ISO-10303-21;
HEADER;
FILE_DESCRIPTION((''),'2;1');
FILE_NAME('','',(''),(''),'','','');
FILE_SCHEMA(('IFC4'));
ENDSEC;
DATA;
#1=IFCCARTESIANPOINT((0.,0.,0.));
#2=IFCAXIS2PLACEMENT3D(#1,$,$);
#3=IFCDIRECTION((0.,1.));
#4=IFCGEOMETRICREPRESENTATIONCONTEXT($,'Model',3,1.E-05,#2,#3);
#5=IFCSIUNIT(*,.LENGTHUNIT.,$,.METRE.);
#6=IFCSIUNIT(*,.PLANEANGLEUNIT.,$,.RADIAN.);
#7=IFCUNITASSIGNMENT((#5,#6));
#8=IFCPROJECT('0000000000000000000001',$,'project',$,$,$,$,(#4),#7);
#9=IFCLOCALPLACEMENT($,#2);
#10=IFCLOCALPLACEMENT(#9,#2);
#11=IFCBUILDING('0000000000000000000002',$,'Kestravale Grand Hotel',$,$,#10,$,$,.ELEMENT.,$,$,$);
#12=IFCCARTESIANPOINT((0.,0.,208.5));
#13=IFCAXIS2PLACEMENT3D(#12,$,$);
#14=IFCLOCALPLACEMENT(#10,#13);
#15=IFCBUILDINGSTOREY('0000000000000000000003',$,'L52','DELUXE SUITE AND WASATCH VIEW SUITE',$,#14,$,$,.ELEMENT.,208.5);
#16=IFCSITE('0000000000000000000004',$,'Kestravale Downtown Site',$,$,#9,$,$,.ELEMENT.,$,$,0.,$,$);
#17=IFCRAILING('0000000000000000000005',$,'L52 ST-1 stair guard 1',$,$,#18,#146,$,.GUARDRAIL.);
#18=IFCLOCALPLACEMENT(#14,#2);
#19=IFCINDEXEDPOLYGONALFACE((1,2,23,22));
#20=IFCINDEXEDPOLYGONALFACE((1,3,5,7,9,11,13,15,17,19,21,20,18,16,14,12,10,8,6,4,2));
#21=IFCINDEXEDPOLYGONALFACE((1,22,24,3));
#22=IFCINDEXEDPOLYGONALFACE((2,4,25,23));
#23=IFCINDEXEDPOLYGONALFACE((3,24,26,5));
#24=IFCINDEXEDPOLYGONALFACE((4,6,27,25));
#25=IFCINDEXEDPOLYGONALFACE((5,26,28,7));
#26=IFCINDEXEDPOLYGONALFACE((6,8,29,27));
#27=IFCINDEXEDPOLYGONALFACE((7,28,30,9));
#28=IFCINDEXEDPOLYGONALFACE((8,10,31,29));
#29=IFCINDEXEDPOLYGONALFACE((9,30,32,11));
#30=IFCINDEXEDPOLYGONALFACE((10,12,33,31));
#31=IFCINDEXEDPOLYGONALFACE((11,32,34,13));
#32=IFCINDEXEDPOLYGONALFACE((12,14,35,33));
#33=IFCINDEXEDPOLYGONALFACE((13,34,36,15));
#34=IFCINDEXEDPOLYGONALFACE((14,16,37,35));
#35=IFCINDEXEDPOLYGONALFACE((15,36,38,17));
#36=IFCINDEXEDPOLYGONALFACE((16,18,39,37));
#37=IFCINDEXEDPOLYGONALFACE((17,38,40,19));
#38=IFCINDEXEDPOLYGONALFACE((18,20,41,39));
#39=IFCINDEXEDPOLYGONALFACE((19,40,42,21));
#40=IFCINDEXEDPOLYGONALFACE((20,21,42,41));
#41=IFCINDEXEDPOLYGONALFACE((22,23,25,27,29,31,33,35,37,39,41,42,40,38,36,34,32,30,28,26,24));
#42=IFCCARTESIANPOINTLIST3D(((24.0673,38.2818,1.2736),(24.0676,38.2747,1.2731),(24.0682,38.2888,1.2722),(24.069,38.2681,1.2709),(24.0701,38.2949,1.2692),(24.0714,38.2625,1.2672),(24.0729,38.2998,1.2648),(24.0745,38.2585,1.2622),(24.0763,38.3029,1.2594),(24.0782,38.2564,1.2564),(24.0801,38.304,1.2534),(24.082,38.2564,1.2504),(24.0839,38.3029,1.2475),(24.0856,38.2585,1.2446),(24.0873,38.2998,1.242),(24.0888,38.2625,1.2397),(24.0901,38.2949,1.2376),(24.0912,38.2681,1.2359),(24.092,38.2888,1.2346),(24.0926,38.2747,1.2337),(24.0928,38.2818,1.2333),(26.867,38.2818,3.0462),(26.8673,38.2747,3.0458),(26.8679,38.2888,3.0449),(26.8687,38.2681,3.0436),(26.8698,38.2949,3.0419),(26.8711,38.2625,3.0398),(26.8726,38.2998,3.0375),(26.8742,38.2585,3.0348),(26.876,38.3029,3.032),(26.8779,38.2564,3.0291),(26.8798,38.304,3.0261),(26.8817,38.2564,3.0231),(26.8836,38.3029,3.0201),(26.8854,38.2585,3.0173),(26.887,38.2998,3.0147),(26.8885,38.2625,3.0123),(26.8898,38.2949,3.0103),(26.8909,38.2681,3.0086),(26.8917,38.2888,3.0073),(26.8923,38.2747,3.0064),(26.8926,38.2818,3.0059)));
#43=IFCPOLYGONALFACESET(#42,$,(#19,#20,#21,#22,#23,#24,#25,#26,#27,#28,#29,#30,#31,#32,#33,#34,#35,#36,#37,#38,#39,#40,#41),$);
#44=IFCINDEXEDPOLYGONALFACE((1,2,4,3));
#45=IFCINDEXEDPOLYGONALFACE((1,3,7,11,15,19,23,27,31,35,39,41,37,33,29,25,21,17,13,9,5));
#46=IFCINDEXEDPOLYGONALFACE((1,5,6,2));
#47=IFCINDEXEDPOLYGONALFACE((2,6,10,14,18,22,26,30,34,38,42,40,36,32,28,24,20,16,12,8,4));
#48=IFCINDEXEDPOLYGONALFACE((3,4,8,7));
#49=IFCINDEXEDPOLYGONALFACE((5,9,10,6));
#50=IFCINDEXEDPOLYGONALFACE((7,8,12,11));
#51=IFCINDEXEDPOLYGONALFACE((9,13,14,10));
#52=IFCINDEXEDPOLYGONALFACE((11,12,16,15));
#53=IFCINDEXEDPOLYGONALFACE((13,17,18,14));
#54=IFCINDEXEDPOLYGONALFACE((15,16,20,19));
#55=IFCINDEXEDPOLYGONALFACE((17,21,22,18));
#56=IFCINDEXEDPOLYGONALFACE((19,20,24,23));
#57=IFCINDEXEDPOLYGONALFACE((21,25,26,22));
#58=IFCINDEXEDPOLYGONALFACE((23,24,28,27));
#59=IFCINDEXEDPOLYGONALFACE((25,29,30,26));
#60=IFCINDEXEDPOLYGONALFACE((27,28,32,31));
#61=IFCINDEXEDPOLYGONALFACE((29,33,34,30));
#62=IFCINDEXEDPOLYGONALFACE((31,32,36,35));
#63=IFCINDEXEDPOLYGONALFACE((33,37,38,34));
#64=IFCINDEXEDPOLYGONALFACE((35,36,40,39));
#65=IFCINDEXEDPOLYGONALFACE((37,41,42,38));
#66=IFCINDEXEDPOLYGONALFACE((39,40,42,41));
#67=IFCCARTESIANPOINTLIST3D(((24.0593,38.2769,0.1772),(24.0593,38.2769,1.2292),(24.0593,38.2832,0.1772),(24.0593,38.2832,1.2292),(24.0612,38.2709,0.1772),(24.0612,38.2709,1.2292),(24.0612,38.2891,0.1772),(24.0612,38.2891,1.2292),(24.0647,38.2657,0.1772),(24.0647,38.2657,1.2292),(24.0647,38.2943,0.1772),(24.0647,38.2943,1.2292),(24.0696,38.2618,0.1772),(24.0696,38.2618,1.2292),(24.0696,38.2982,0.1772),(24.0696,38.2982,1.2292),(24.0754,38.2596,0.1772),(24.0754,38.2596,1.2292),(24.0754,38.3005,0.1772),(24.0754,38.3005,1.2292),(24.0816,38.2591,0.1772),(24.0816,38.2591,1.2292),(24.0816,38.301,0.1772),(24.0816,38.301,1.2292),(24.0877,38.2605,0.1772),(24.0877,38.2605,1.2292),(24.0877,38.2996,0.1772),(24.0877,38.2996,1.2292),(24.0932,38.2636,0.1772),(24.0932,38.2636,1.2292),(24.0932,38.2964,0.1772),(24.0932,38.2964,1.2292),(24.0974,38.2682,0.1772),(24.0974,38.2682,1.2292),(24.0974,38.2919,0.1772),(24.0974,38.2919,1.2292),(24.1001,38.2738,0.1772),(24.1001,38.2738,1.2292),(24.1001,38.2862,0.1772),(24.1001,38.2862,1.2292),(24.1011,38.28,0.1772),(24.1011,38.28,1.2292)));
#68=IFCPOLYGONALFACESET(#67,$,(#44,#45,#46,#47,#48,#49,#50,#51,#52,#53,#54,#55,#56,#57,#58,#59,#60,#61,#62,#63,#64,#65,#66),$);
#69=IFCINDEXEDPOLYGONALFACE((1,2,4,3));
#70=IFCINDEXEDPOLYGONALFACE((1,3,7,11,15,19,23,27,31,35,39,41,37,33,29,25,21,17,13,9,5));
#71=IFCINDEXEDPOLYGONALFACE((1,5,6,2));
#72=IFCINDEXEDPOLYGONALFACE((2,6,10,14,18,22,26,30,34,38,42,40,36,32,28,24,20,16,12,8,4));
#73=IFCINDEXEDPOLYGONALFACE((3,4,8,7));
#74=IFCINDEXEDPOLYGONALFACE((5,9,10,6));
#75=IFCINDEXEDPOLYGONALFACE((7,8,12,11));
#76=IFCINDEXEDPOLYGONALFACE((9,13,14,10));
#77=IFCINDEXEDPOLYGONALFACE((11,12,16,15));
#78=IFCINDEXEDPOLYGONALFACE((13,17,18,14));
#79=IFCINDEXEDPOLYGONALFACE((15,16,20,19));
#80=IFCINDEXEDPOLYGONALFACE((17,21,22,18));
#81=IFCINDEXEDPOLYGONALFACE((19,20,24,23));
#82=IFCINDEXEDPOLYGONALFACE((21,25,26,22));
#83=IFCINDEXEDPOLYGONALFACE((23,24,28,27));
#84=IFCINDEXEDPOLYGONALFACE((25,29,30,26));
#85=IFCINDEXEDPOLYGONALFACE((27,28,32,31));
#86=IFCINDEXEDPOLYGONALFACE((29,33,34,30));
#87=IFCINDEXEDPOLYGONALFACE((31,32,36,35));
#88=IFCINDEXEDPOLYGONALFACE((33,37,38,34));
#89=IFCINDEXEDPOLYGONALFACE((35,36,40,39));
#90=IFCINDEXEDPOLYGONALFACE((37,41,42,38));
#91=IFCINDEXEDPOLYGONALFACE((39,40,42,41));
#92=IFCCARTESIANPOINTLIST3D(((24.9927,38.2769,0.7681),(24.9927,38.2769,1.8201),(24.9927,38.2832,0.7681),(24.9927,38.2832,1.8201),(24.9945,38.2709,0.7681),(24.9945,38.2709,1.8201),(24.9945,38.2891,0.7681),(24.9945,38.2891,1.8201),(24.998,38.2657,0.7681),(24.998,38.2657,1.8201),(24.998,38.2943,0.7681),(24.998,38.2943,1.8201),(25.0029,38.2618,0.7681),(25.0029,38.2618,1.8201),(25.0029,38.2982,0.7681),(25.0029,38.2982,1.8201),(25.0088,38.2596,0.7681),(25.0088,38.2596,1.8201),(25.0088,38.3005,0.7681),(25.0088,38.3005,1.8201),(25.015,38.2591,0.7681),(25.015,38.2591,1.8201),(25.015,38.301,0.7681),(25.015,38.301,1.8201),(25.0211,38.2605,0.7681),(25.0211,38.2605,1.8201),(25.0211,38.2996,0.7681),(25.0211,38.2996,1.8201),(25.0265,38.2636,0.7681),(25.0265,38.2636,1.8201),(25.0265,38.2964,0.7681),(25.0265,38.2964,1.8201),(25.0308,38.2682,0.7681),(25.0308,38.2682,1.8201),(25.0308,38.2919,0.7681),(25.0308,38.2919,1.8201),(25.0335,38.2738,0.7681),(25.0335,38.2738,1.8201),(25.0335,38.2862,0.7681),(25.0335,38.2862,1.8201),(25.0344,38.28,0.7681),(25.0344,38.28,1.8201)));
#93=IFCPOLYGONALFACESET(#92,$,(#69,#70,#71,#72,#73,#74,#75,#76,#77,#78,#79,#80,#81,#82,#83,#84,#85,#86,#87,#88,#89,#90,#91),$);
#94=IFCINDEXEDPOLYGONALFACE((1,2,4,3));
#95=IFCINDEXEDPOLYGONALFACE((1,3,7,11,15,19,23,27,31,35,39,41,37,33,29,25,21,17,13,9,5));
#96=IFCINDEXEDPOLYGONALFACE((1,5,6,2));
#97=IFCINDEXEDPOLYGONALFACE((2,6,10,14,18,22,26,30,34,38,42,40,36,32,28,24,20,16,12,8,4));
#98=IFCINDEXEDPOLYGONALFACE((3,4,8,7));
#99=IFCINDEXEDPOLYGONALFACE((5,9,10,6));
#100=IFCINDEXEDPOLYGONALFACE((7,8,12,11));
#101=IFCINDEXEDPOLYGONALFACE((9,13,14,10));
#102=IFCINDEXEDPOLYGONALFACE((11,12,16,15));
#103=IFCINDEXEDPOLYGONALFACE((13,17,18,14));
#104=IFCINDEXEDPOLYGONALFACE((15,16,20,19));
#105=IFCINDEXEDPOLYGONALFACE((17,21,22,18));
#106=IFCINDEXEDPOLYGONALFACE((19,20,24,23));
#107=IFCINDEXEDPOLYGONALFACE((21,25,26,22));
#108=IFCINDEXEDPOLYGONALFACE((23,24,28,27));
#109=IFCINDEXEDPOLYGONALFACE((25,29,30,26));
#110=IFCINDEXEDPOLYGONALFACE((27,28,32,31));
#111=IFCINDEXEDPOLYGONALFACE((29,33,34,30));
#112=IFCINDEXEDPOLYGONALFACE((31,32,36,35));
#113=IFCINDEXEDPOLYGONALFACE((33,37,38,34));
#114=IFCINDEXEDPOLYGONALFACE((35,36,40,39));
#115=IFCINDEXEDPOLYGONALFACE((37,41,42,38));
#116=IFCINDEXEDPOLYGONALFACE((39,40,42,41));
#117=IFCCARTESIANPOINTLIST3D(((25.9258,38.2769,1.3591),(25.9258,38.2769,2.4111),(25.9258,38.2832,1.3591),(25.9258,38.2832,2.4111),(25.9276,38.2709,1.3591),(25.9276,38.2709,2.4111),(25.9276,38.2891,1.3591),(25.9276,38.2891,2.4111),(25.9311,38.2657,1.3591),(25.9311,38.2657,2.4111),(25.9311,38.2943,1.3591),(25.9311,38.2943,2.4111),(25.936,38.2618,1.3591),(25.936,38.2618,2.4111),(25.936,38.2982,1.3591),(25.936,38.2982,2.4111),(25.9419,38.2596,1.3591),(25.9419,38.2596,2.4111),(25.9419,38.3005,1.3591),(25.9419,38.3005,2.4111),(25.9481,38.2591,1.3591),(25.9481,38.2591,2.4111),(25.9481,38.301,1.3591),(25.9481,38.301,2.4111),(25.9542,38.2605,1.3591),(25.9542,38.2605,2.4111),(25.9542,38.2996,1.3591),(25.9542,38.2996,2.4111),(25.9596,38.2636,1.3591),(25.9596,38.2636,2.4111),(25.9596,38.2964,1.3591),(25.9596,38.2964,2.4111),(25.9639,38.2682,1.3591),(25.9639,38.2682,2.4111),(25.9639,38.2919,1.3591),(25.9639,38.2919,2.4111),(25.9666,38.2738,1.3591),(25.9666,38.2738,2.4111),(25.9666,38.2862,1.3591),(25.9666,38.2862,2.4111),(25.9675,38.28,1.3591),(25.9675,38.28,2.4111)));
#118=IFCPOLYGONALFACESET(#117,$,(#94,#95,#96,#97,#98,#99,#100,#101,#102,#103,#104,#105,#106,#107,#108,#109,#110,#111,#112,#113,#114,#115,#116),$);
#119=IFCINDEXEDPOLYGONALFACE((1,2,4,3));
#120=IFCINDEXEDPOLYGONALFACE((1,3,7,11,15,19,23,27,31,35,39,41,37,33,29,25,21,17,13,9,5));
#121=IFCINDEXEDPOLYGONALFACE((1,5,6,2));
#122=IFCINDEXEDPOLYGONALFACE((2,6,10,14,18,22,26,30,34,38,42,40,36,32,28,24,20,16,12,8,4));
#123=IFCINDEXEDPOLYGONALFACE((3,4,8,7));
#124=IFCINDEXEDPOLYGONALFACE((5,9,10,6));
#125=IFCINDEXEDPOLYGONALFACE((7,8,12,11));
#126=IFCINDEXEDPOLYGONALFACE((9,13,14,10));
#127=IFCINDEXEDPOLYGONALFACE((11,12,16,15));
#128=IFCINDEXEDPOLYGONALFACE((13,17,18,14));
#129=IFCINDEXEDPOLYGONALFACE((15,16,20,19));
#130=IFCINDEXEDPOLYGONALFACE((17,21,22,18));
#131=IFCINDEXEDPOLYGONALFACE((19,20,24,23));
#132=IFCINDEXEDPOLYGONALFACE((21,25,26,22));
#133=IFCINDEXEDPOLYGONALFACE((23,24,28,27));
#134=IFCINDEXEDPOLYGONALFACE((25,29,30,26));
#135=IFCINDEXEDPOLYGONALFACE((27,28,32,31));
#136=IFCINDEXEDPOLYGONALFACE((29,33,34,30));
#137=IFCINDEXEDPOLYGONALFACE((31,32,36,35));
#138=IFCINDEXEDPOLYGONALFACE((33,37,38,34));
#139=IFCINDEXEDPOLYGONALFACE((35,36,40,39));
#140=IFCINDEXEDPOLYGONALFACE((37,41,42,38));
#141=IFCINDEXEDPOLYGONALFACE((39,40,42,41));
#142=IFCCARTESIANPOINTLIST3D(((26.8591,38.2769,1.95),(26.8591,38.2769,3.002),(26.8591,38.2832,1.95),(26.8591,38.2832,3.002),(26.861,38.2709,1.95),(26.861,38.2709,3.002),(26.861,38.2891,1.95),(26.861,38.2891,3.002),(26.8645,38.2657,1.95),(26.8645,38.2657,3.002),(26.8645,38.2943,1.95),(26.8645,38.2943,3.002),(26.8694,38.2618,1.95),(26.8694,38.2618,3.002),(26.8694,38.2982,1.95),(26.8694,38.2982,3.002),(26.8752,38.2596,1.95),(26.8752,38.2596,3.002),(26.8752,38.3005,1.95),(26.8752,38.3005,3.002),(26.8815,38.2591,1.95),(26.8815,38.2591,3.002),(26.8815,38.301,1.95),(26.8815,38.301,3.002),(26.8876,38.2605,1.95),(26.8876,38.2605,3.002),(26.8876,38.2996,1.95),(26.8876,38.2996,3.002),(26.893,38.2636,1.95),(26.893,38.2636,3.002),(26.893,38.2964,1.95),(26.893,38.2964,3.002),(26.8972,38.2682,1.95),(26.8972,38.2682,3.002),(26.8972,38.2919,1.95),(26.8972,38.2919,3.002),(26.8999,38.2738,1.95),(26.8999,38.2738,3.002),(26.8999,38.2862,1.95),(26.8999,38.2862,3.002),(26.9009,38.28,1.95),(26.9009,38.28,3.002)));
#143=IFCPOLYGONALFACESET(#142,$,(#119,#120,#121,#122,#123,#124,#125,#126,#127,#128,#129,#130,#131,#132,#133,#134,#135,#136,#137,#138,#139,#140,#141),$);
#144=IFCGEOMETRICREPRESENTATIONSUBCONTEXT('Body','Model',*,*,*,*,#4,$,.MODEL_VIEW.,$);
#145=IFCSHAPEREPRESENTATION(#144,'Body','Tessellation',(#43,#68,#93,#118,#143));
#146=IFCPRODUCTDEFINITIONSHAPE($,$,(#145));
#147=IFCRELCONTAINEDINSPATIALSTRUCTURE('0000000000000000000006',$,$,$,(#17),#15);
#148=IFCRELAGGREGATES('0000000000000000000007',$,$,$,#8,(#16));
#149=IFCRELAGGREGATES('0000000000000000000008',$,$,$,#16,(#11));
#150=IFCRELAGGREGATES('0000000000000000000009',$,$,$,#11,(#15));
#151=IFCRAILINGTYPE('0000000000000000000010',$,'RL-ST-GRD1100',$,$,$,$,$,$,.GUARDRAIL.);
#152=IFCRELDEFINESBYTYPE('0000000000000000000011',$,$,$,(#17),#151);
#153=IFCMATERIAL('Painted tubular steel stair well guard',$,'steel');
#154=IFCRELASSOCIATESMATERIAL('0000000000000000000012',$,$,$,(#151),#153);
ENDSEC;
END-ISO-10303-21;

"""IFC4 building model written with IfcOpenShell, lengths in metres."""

from ifc_helpers import new_model, si_unit, direction, frame, origin, origin_2d, place, context, subcontext, project, spatial, circle, extrude, material, type_object, element, save


model = new_model("IFC4")

# Units and contexts
model_context = context("Model", 3, precision=1e-05, world=origin(), true_north=direction((0.0, 1.0)))
body_context = subcontext(model_context, "Body", "Model", "MODEL_VIEW")
ifc_project = project(units=[si_unit("LENGTHUNIT", "METRE"), si_unit("PLANEANGLEUNIT", "RADIAN")], contexts=[model_context])

# Site, building, storey
site_placement = place(None, origin())
site = spatial("IfcSite", under=ifc_project, at=site_placement, Name="Kestravale Downtown Site", CompositionType="ELEMENT", RefElevation=0.0)
building_placement = place(site_placement, origin())
building = spatial("IfcBuilding", under=site, at=building_placement, Name="Kestravale Grand Hotel", CompositionType="ELEMENT")
storey_placement = place(building_placement, frame((0.0, 0.0, 208.5)))
storey = spatial("IfcBuildingStorey", under=building, at=storey_placement, Name="L52", Description="DELUXE SUITE AND WASATCH VIEW SUITE", CompositionType="ELEMENT", Elevation=208.5)

# Railing
ifc_material_1 = material(Name="Painted tubular steel stair well guard", Category="steel")
railing_type_1 = type_object("IfcRailingType", Name="RL-ST-GRD1100", PredefinedType="GUARDRAIL", material=ifc_material_1)
railing_1_placement = place(storey_placement, frame((24.0801, 38.28, 0.1772)))
element("IfcRailing", 1, at=railing_1_placement, inside=storey, type_object=railing_type_1, Name="L52 ST-1 stair guard 1", PredefinedType="GUARDRAIL", context=body_context, shape_type="SweptSolid", body=[
    extrude(circle(Radius=0.0239, at=origin_2d()), frame((0.0, 0.0, 1.0762), z_axis=(0.844888, 0.0, 0.534943), x_axis=(0.0, 1.0, 0.0)), (0.0, 0.0, 1.0), 3.3137),
    extrude(circle(Radius=0.021, at=origin_2d()), origin(), (0.0, 0.0, 1.0), 1.052),
    extrude(circle(Radius=0.021, at=origin_2d()), frame((0.9333, 0.0, 0.5908)), (0.0, 0.0, 1.0), 1.052),
    extrude(circle(Radius=0.021, at=origin_2d()), frame((1.8665, 0.0, 1.1819)), (0.0, 0.0, 1.0), 1.052),
    extrude(circle(Radius=0.021, at=origin_2d()), frame((2.7998, 0.0, 1.7727)), (0.0, 0.0, 1.0), 1.052),
])

save(model, "model.ifc")
